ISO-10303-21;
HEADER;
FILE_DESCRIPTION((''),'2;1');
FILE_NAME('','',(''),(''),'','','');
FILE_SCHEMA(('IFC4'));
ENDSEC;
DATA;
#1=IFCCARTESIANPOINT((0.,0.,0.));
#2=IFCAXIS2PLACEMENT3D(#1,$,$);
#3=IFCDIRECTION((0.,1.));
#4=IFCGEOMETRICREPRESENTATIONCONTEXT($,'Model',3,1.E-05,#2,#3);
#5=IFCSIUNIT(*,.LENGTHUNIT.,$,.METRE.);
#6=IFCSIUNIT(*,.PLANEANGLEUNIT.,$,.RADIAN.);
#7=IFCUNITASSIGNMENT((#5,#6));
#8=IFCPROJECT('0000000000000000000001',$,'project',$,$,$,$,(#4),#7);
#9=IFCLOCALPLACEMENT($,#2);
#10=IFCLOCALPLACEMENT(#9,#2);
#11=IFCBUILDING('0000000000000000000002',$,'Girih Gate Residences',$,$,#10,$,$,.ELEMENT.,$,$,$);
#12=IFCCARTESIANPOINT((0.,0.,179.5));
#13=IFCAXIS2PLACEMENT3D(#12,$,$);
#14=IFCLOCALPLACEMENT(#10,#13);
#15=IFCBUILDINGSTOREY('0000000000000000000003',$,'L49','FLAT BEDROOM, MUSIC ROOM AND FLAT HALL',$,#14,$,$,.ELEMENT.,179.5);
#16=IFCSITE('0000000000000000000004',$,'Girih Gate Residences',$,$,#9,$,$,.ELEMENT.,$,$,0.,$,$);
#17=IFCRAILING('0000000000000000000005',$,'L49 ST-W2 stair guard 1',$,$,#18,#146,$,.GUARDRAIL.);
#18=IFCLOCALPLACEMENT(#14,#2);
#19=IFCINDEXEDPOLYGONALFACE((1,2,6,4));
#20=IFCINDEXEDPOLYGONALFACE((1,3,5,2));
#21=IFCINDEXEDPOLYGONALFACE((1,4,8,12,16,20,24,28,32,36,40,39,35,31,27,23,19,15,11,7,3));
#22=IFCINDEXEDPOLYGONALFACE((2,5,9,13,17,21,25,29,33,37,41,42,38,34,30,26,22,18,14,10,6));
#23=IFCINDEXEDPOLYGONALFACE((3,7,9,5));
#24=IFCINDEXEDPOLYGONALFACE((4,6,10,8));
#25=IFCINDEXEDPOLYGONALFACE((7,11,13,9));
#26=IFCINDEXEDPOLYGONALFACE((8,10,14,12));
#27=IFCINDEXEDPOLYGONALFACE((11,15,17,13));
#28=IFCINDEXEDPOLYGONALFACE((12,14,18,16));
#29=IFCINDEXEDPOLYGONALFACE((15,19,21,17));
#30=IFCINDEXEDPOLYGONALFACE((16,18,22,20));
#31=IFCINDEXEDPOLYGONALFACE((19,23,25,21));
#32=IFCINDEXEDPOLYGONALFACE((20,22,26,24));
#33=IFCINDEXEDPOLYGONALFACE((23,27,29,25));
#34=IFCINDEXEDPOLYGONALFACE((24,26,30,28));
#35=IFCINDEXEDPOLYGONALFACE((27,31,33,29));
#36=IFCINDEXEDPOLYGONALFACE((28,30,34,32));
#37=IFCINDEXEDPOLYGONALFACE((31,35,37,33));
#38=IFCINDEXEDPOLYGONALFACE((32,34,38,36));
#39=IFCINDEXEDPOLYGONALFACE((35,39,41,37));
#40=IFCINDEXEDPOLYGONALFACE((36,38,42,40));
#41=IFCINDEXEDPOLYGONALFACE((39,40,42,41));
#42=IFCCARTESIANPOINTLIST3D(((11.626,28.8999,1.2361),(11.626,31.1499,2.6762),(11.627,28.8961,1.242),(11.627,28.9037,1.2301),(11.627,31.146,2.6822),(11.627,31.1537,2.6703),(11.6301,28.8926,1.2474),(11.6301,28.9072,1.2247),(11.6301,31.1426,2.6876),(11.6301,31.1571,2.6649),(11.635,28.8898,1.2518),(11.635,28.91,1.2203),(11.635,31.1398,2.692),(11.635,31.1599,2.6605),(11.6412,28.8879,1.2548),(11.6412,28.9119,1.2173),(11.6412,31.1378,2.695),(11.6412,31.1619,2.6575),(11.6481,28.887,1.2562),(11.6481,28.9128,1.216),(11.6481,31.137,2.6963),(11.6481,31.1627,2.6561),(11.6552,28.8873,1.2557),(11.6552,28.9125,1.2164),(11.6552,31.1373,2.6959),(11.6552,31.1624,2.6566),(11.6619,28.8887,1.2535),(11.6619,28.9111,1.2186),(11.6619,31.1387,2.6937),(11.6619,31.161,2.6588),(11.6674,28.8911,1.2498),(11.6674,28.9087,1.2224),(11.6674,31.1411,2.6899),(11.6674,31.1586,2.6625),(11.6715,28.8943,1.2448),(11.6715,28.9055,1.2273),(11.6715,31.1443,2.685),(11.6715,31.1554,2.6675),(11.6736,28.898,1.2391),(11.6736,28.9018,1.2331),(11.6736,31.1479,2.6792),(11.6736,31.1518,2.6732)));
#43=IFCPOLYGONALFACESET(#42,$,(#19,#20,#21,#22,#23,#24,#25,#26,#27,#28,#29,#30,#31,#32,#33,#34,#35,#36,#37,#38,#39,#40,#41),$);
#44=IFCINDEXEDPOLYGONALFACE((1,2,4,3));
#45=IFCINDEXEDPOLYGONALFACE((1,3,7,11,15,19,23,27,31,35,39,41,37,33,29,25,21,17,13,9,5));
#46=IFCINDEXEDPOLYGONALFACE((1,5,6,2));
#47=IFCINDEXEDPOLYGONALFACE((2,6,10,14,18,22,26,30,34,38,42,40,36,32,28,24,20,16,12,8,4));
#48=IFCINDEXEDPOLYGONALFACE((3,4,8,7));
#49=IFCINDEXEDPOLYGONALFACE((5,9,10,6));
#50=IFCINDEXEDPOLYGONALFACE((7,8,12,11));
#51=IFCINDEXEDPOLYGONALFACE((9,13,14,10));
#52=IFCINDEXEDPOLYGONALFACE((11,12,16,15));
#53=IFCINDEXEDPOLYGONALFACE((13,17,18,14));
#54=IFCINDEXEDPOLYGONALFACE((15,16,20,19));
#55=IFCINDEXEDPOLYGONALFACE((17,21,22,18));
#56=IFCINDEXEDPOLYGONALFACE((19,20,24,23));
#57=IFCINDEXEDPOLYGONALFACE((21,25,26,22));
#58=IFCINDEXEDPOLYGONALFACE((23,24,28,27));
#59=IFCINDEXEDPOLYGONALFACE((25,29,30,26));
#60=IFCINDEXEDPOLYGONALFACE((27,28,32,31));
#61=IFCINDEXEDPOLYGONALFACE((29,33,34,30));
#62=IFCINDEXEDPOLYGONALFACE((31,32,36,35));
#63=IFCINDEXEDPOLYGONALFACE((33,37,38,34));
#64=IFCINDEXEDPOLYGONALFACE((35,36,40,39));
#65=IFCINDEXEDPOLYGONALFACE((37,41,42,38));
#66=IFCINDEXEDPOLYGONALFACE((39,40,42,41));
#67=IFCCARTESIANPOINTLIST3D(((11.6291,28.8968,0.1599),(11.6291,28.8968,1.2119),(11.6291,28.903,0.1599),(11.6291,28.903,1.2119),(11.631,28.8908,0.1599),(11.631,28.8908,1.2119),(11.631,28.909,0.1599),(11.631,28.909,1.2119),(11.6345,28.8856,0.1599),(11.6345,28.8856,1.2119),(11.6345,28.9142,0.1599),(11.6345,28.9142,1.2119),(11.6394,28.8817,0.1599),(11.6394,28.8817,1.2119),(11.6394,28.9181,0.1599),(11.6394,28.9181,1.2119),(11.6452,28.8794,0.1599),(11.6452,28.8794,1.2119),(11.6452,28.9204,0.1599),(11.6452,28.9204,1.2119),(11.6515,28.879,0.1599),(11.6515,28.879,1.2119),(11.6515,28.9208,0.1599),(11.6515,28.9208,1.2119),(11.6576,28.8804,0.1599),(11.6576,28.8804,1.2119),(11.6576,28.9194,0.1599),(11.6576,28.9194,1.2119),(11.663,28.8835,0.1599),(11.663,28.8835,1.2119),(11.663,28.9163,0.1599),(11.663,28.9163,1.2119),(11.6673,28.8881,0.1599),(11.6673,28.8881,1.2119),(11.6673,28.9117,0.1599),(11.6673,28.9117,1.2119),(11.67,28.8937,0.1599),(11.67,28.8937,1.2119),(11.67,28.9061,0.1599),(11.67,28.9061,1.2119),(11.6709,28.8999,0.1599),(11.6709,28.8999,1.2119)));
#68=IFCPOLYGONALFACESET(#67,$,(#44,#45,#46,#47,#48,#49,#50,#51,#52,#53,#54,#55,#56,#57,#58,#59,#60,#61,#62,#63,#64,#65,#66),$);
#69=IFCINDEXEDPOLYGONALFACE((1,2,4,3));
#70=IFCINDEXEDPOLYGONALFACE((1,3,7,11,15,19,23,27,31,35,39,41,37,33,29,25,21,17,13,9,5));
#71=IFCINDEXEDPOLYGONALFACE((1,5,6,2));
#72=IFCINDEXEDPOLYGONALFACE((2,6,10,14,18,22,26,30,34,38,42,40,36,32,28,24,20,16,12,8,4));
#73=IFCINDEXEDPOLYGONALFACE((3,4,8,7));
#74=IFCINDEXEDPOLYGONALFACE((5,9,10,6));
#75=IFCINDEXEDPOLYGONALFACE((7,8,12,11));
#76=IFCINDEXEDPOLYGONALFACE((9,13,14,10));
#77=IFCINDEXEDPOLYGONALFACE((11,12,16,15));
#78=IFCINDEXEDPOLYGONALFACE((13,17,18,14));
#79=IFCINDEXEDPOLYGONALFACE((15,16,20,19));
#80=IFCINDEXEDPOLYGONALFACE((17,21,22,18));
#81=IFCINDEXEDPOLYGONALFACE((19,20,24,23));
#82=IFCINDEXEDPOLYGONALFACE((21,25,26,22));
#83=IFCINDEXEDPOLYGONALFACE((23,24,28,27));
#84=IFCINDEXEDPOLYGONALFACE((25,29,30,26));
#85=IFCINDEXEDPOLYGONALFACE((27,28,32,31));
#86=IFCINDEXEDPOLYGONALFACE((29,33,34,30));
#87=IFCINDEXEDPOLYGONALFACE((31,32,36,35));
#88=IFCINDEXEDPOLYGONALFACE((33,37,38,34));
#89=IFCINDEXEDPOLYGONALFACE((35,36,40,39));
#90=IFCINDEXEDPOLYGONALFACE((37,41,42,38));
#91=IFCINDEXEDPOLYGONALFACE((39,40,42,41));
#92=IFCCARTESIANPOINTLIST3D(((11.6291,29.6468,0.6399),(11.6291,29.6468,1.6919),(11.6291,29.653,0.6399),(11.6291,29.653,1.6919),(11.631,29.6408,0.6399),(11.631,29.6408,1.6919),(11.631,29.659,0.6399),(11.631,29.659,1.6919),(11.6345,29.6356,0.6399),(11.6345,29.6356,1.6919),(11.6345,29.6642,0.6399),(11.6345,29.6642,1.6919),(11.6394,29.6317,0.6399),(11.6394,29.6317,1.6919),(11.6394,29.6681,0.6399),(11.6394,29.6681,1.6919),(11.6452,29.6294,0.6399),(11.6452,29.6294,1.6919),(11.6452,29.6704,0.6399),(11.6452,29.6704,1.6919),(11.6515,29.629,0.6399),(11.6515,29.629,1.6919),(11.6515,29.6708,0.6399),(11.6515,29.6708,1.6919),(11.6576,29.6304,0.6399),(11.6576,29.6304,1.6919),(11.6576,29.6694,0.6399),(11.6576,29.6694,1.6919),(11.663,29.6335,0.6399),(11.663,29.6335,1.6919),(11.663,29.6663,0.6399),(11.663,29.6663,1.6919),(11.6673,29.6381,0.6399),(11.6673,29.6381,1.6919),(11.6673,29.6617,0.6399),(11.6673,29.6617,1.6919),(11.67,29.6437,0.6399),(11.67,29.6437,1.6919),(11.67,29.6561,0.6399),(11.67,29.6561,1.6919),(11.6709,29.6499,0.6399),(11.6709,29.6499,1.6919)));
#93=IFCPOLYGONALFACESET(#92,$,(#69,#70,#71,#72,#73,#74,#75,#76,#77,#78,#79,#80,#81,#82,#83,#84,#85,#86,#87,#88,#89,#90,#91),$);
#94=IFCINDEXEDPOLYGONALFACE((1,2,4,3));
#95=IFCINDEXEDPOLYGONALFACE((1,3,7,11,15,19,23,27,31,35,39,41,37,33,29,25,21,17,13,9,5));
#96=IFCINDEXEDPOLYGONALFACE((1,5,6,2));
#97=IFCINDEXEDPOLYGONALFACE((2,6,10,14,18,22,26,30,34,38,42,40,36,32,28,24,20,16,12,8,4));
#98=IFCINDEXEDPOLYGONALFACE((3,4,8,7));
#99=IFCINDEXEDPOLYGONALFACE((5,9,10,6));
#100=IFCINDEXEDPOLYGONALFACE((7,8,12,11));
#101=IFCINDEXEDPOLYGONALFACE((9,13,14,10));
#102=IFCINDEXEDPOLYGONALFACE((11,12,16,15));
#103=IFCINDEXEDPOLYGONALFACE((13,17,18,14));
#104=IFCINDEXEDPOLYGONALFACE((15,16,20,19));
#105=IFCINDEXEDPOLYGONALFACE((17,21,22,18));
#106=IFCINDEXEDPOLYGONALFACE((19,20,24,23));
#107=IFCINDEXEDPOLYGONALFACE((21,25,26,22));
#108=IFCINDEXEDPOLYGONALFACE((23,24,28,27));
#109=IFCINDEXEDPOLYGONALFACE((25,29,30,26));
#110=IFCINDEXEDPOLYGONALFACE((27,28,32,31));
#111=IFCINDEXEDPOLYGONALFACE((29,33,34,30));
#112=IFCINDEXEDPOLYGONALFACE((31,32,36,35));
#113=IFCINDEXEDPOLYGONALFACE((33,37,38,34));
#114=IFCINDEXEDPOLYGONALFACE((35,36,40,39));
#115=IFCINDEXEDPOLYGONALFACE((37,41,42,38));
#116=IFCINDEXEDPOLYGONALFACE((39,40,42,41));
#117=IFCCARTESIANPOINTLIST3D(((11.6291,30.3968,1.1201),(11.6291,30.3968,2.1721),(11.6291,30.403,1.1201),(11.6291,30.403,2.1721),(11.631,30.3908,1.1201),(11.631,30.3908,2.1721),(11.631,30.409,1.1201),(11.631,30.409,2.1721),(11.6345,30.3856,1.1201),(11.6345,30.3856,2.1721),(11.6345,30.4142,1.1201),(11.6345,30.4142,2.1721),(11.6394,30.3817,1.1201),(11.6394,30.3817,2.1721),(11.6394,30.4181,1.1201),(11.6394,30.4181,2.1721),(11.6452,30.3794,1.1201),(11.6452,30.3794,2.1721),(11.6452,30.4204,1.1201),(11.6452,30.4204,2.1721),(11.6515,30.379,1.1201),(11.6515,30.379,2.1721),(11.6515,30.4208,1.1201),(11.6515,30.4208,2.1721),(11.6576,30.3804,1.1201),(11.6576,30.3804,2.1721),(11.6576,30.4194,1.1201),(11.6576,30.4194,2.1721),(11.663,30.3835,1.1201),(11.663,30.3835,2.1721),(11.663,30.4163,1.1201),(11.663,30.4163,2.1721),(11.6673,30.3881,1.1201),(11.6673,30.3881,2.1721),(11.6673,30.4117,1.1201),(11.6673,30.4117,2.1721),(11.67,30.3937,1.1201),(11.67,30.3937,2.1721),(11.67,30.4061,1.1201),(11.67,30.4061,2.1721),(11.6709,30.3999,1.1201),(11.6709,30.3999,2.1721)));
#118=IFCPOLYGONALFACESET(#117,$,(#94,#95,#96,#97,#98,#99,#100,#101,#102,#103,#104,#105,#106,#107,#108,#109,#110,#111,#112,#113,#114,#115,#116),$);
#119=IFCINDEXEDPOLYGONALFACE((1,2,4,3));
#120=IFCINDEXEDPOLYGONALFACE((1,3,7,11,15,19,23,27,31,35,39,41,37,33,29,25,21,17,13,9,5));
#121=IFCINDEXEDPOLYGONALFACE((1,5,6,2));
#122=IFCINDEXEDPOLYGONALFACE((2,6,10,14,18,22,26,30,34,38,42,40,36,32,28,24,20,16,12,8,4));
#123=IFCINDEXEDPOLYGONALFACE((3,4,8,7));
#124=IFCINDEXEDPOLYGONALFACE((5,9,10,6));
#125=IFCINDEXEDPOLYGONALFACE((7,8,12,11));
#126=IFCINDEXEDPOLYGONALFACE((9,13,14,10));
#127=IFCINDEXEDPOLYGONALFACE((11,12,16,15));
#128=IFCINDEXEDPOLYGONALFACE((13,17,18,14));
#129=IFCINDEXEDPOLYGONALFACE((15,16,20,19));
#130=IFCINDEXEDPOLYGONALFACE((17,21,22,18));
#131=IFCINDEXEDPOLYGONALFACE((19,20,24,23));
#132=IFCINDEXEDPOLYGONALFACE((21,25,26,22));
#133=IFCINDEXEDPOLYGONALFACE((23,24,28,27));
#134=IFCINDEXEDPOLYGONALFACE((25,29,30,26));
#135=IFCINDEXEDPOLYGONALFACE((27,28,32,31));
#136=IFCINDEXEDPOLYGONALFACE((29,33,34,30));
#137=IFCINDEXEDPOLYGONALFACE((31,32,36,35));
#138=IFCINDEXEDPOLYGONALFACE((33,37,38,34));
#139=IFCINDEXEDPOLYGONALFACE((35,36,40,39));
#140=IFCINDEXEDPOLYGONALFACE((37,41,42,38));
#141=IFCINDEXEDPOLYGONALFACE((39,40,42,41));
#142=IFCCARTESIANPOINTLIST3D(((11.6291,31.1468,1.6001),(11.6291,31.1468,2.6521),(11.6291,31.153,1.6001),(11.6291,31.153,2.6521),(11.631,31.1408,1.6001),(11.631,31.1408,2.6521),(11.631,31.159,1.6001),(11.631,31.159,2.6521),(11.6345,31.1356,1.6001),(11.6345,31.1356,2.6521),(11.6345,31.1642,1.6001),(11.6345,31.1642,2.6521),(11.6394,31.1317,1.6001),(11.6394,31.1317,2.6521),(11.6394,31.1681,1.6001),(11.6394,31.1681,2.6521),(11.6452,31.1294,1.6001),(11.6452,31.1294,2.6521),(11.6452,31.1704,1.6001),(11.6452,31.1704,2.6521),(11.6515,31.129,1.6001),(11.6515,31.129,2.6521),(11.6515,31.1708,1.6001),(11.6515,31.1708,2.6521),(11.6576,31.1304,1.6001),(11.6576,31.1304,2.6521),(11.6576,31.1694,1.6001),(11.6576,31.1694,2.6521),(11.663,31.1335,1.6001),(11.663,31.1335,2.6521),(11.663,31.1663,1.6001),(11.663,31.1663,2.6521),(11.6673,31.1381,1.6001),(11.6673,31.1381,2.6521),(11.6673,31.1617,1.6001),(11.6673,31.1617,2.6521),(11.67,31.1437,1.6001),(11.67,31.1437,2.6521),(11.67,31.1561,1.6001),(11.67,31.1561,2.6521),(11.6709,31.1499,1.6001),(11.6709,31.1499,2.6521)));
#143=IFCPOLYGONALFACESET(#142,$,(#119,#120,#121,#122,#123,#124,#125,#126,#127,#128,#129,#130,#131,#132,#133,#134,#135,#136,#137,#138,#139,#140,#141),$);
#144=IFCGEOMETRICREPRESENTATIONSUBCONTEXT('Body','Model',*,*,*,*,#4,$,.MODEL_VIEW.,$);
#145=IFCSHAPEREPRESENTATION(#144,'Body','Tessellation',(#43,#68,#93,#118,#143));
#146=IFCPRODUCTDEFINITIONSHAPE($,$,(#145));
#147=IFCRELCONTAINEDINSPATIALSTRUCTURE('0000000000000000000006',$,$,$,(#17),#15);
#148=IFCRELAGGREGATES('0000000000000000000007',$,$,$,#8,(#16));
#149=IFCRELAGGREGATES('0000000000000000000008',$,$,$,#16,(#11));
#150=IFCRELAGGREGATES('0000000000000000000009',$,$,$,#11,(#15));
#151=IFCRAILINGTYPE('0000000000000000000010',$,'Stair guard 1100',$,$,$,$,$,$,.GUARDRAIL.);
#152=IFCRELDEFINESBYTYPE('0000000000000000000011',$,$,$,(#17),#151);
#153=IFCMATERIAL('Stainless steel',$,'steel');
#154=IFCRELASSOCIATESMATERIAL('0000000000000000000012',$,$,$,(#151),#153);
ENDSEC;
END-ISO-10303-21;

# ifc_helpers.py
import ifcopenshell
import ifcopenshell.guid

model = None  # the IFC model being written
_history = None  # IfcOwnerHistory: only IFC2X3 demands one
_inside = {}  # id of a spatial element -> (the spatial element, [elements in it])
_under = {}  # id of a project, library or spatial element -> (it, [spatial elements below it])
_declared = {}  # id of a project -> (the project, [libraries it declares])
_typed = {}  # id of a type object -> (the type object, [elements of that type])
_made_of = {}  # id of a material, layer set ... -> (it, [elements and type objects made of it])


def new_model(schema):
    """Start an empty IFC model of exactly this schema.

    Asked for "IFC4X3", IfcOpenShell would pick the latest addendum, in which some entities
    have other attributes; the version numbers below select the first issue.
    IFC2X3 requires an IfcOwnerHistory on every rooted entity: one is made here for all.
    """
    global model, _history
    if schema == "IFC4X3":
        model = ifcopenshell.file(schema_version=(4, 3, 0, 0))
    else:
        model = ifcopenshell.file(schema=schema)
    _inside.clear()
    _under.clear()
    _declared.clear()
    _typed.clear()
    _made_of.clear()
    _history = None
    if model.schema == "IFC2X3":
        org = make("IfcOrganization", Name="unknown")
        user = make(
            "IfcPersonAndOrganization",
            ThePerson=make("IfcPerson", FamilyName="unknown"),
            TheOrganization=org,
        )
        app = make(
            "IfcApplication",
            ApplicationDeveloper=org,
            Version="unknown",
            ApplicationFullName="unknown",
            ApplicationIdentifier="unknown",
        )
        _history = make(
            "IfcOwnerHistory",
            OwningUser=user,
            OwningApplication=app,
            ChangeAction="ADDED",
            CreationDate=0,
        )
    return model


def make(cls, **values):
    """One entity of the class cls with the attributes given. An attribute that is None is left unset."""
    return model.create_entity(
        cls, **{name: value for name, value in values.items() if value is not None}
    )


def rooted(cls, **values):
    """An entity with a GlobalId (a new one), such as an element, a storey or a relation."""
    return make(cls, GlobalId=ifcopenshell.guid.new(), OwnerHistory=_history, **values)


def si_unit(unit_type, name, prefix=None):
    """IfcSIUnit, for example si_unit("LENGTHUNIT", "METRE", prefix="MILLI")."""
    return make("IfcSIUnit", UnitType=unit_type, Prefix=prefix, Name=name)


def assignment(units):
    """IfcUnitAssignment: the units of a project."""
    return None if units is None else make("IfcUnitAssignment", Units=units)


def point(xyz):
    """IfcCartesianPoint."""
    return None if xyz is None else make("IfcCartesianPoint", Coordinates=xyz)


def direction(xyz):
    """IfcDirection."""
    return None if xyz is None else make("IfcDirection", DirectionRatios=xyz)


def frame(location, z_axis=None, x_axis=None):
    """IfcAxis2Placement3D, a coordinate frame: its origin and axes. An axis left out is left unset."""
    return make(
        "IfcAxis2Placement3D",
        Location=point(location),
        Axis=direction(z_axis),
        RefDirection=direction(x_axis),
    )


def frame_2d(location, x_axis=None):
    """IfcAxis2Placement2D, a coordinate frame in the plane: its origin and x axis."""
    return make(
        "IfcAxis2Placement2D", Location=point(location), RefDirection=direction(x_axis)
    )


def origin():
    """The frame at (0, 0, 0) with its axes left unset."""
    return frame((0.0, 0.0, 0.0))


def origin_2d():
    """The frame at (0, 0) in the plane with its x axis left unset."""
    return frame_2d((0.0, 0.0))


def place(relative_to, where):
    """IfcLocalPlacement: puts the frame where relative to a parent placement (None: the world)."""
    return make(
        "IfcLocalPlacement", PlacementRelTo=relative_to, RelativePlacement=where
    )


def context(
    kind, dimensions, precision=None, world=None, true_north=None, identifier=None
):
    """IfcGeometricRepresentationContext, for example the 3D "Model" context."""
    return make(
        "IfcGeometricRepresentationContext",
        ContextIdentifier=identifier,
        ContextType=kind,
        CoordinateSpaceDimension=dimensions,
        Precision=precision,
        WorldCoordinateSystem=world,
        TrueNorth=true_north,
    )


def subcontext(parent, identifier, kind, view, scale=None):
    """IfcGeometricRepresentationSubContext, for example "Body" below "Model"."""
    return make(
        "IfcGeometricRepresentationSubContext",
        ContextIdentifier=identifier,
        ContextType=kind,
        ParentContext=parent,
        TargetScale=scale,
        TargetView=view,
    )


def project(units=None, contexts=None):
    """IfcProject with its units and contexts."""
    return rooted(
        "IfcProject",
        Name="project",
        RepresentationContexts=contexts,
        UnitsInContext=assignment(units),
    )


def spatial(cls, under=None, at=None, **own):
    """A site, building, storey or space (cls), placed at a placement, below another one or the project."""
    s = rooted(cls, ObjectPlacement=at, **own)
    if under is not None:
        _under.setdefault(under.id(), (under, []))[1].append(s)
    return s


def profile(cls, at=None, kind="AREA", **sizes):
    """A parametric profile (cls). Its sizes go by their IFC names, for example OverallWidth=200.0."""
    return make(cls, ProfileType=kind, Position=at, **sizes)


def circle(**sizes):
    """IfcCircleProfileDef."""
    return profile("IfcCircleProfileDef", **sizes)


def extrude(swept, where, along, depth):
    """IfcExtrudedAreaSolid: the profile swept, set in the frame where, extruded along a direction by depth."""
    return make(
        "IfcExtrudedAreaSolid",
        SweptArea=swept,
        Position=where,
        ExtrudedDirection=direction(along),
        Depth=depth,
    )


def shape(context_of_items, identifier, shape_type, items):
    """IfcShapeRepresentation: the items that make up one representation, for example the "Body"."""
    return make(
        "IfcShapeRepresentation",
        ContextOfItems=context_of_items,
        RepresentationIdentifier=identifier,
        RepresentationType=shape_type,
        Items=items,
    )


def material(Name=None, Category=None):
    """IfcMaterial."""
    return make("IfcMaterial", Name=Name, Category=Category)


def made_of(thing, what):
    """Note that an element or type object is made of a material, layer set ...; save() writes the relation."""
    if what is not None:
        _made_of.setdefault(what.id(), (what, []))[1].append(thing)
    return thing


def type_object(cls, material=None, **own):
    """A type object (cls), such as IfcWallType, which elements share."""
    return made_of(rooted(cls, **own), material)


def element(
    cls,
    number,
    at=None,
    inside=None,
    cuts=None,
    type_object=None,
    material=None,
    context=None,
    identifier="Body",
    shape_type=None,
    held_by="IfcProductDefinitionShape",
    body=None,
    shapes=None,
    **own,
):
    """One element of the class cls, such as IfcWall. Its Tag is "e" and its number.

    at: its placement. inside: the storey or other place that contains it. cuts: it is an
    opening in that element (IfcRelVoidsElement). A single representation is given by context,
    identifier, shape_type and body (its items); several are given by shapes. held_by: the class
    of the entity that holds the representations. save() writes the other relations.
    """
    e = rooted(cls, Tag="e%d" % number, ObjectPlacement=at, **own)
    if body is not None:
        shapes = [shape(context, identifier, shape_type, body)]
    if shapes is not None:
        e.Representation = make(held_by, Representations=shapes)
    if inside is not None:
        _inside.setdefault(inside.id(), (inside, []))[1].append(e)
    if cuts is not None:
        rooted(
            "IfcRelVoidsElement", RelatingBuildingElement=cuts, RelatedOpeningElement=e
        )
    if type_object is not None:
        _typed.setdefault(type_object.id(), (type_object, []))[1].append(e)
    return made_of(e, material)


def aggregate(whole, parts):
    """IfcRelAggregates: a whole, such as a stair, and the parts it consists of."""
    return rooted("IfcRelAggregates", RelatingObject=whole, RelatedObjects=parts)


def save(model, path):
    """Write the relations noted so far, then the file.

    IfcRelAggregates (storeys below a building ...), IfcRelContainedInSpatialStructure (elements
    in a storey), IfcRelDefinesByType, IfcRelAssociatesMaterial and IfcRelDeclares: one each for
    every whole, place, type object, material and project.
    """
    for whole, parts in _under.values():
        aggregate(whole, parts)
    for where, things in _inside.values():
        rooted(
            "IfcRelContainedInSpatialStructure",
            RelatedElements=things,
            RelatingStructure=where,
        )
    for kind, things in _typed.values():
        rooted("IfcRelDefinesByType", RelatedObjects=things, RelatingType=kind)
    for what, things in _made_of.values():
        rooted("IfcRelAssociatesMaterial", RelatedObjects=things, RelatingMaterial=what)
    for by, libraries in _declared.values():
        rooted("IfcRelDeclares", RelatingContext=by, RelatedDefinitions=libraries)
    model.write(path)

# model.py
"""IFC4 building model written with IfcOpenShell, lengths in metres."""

from ifc_helpers import new_model, si_unit, direction, frame, origin, origin_2d, place, context, subcontext, project, spatial, circle, extrude, material, type_object, element, save


model = new_model("IFC4")

# Units and contexts
model_context = context("Model", 3, precision=1e-05, world=origin(), true_north=direction((0.0, 1.0)))
body_context = subcontext(model_context, "Body", "Model", "MODEL_VIEW")
ifc_project = project(units=[si_unit("LENGTHUNIT", "METRE"), si_unit("PLANEANGLEUNIT", "RADIAN")], contexts=[model_context])

# Site, building, storey
site_placement = place(None, origin())
site = spatial("IfcSite", under=ifc_project, at=site_placement, Name="Girih Gate Residences", CompositionType="ELEMENT", RefElevation=0.0)
building_placement = place(site_placement, origin())
building = spatial("IfcBuilding", under=site, at=building_placement, Name="Girih Gate Residences", CompositionType="ELEMENT")
storey_placement = place(building_placement, frame((0.0, 0.0, 179.5)))
storey = spatial("IfcBuildingStorey", under=building, at=storey_placement, Name="L49", Description="FLAT BEDROOM, MUSIC ROOM AND FLAT HALL", CompositionType="ELEMENT", Elevation=179.5)

# Railing
ifc_material_1 = material(Name="Stainless steel", Category="steel")
railing_type_1 = type_object("IfcRailingType", Name="Stair guard 1100", PredefinedType="GUARDRAIL", material=ifc_material_1)
railing_1_placement = place(storey_placement, frame((11.6499, 28.8999, 0.1599)))
element("IfcRailing", 1, at=railing_1_placement, inside=storey, type_object=railing_type_1, Name="L49 ST-W2 stair guard 1", PredefinedType="GUARDRAIL", context=body_context, shape_type="SweptSolid", body=[
    extrude(circle(Radius=0.0239, at=origin_2d()), frame((0.0, 0.0, 1.0762), z_axis=(0.0, 0.84224, 0.539103), x_axis=(-1.0, 0.0, 0.0)), (0.0, 0.0, 1.0), 2.6714),
    extrude(circle(Radius=0.021, at=origin_2d()), origin(), (0.0, 0.0, 1.0), 1.052),
    extrude(circle(Radius=0.021, at=origin_2d()), frame((0.0, 0.75, 0.48)), (0.0, 0.0, 1.0), 1.052),
    extrude(circle(Radius=0.021, at=origin_2d()), frame((0.0, 1.5, 0.9602)), (0.0, 0.0, 1.0), 1.052),
    extrude(circle(Radius=0.021, at=origin_2d()), frame((0.0, 2.25, 1.4402)), (0.0, 0.0, 1.0), 1.052),
])

save(model, "model.ifc")
